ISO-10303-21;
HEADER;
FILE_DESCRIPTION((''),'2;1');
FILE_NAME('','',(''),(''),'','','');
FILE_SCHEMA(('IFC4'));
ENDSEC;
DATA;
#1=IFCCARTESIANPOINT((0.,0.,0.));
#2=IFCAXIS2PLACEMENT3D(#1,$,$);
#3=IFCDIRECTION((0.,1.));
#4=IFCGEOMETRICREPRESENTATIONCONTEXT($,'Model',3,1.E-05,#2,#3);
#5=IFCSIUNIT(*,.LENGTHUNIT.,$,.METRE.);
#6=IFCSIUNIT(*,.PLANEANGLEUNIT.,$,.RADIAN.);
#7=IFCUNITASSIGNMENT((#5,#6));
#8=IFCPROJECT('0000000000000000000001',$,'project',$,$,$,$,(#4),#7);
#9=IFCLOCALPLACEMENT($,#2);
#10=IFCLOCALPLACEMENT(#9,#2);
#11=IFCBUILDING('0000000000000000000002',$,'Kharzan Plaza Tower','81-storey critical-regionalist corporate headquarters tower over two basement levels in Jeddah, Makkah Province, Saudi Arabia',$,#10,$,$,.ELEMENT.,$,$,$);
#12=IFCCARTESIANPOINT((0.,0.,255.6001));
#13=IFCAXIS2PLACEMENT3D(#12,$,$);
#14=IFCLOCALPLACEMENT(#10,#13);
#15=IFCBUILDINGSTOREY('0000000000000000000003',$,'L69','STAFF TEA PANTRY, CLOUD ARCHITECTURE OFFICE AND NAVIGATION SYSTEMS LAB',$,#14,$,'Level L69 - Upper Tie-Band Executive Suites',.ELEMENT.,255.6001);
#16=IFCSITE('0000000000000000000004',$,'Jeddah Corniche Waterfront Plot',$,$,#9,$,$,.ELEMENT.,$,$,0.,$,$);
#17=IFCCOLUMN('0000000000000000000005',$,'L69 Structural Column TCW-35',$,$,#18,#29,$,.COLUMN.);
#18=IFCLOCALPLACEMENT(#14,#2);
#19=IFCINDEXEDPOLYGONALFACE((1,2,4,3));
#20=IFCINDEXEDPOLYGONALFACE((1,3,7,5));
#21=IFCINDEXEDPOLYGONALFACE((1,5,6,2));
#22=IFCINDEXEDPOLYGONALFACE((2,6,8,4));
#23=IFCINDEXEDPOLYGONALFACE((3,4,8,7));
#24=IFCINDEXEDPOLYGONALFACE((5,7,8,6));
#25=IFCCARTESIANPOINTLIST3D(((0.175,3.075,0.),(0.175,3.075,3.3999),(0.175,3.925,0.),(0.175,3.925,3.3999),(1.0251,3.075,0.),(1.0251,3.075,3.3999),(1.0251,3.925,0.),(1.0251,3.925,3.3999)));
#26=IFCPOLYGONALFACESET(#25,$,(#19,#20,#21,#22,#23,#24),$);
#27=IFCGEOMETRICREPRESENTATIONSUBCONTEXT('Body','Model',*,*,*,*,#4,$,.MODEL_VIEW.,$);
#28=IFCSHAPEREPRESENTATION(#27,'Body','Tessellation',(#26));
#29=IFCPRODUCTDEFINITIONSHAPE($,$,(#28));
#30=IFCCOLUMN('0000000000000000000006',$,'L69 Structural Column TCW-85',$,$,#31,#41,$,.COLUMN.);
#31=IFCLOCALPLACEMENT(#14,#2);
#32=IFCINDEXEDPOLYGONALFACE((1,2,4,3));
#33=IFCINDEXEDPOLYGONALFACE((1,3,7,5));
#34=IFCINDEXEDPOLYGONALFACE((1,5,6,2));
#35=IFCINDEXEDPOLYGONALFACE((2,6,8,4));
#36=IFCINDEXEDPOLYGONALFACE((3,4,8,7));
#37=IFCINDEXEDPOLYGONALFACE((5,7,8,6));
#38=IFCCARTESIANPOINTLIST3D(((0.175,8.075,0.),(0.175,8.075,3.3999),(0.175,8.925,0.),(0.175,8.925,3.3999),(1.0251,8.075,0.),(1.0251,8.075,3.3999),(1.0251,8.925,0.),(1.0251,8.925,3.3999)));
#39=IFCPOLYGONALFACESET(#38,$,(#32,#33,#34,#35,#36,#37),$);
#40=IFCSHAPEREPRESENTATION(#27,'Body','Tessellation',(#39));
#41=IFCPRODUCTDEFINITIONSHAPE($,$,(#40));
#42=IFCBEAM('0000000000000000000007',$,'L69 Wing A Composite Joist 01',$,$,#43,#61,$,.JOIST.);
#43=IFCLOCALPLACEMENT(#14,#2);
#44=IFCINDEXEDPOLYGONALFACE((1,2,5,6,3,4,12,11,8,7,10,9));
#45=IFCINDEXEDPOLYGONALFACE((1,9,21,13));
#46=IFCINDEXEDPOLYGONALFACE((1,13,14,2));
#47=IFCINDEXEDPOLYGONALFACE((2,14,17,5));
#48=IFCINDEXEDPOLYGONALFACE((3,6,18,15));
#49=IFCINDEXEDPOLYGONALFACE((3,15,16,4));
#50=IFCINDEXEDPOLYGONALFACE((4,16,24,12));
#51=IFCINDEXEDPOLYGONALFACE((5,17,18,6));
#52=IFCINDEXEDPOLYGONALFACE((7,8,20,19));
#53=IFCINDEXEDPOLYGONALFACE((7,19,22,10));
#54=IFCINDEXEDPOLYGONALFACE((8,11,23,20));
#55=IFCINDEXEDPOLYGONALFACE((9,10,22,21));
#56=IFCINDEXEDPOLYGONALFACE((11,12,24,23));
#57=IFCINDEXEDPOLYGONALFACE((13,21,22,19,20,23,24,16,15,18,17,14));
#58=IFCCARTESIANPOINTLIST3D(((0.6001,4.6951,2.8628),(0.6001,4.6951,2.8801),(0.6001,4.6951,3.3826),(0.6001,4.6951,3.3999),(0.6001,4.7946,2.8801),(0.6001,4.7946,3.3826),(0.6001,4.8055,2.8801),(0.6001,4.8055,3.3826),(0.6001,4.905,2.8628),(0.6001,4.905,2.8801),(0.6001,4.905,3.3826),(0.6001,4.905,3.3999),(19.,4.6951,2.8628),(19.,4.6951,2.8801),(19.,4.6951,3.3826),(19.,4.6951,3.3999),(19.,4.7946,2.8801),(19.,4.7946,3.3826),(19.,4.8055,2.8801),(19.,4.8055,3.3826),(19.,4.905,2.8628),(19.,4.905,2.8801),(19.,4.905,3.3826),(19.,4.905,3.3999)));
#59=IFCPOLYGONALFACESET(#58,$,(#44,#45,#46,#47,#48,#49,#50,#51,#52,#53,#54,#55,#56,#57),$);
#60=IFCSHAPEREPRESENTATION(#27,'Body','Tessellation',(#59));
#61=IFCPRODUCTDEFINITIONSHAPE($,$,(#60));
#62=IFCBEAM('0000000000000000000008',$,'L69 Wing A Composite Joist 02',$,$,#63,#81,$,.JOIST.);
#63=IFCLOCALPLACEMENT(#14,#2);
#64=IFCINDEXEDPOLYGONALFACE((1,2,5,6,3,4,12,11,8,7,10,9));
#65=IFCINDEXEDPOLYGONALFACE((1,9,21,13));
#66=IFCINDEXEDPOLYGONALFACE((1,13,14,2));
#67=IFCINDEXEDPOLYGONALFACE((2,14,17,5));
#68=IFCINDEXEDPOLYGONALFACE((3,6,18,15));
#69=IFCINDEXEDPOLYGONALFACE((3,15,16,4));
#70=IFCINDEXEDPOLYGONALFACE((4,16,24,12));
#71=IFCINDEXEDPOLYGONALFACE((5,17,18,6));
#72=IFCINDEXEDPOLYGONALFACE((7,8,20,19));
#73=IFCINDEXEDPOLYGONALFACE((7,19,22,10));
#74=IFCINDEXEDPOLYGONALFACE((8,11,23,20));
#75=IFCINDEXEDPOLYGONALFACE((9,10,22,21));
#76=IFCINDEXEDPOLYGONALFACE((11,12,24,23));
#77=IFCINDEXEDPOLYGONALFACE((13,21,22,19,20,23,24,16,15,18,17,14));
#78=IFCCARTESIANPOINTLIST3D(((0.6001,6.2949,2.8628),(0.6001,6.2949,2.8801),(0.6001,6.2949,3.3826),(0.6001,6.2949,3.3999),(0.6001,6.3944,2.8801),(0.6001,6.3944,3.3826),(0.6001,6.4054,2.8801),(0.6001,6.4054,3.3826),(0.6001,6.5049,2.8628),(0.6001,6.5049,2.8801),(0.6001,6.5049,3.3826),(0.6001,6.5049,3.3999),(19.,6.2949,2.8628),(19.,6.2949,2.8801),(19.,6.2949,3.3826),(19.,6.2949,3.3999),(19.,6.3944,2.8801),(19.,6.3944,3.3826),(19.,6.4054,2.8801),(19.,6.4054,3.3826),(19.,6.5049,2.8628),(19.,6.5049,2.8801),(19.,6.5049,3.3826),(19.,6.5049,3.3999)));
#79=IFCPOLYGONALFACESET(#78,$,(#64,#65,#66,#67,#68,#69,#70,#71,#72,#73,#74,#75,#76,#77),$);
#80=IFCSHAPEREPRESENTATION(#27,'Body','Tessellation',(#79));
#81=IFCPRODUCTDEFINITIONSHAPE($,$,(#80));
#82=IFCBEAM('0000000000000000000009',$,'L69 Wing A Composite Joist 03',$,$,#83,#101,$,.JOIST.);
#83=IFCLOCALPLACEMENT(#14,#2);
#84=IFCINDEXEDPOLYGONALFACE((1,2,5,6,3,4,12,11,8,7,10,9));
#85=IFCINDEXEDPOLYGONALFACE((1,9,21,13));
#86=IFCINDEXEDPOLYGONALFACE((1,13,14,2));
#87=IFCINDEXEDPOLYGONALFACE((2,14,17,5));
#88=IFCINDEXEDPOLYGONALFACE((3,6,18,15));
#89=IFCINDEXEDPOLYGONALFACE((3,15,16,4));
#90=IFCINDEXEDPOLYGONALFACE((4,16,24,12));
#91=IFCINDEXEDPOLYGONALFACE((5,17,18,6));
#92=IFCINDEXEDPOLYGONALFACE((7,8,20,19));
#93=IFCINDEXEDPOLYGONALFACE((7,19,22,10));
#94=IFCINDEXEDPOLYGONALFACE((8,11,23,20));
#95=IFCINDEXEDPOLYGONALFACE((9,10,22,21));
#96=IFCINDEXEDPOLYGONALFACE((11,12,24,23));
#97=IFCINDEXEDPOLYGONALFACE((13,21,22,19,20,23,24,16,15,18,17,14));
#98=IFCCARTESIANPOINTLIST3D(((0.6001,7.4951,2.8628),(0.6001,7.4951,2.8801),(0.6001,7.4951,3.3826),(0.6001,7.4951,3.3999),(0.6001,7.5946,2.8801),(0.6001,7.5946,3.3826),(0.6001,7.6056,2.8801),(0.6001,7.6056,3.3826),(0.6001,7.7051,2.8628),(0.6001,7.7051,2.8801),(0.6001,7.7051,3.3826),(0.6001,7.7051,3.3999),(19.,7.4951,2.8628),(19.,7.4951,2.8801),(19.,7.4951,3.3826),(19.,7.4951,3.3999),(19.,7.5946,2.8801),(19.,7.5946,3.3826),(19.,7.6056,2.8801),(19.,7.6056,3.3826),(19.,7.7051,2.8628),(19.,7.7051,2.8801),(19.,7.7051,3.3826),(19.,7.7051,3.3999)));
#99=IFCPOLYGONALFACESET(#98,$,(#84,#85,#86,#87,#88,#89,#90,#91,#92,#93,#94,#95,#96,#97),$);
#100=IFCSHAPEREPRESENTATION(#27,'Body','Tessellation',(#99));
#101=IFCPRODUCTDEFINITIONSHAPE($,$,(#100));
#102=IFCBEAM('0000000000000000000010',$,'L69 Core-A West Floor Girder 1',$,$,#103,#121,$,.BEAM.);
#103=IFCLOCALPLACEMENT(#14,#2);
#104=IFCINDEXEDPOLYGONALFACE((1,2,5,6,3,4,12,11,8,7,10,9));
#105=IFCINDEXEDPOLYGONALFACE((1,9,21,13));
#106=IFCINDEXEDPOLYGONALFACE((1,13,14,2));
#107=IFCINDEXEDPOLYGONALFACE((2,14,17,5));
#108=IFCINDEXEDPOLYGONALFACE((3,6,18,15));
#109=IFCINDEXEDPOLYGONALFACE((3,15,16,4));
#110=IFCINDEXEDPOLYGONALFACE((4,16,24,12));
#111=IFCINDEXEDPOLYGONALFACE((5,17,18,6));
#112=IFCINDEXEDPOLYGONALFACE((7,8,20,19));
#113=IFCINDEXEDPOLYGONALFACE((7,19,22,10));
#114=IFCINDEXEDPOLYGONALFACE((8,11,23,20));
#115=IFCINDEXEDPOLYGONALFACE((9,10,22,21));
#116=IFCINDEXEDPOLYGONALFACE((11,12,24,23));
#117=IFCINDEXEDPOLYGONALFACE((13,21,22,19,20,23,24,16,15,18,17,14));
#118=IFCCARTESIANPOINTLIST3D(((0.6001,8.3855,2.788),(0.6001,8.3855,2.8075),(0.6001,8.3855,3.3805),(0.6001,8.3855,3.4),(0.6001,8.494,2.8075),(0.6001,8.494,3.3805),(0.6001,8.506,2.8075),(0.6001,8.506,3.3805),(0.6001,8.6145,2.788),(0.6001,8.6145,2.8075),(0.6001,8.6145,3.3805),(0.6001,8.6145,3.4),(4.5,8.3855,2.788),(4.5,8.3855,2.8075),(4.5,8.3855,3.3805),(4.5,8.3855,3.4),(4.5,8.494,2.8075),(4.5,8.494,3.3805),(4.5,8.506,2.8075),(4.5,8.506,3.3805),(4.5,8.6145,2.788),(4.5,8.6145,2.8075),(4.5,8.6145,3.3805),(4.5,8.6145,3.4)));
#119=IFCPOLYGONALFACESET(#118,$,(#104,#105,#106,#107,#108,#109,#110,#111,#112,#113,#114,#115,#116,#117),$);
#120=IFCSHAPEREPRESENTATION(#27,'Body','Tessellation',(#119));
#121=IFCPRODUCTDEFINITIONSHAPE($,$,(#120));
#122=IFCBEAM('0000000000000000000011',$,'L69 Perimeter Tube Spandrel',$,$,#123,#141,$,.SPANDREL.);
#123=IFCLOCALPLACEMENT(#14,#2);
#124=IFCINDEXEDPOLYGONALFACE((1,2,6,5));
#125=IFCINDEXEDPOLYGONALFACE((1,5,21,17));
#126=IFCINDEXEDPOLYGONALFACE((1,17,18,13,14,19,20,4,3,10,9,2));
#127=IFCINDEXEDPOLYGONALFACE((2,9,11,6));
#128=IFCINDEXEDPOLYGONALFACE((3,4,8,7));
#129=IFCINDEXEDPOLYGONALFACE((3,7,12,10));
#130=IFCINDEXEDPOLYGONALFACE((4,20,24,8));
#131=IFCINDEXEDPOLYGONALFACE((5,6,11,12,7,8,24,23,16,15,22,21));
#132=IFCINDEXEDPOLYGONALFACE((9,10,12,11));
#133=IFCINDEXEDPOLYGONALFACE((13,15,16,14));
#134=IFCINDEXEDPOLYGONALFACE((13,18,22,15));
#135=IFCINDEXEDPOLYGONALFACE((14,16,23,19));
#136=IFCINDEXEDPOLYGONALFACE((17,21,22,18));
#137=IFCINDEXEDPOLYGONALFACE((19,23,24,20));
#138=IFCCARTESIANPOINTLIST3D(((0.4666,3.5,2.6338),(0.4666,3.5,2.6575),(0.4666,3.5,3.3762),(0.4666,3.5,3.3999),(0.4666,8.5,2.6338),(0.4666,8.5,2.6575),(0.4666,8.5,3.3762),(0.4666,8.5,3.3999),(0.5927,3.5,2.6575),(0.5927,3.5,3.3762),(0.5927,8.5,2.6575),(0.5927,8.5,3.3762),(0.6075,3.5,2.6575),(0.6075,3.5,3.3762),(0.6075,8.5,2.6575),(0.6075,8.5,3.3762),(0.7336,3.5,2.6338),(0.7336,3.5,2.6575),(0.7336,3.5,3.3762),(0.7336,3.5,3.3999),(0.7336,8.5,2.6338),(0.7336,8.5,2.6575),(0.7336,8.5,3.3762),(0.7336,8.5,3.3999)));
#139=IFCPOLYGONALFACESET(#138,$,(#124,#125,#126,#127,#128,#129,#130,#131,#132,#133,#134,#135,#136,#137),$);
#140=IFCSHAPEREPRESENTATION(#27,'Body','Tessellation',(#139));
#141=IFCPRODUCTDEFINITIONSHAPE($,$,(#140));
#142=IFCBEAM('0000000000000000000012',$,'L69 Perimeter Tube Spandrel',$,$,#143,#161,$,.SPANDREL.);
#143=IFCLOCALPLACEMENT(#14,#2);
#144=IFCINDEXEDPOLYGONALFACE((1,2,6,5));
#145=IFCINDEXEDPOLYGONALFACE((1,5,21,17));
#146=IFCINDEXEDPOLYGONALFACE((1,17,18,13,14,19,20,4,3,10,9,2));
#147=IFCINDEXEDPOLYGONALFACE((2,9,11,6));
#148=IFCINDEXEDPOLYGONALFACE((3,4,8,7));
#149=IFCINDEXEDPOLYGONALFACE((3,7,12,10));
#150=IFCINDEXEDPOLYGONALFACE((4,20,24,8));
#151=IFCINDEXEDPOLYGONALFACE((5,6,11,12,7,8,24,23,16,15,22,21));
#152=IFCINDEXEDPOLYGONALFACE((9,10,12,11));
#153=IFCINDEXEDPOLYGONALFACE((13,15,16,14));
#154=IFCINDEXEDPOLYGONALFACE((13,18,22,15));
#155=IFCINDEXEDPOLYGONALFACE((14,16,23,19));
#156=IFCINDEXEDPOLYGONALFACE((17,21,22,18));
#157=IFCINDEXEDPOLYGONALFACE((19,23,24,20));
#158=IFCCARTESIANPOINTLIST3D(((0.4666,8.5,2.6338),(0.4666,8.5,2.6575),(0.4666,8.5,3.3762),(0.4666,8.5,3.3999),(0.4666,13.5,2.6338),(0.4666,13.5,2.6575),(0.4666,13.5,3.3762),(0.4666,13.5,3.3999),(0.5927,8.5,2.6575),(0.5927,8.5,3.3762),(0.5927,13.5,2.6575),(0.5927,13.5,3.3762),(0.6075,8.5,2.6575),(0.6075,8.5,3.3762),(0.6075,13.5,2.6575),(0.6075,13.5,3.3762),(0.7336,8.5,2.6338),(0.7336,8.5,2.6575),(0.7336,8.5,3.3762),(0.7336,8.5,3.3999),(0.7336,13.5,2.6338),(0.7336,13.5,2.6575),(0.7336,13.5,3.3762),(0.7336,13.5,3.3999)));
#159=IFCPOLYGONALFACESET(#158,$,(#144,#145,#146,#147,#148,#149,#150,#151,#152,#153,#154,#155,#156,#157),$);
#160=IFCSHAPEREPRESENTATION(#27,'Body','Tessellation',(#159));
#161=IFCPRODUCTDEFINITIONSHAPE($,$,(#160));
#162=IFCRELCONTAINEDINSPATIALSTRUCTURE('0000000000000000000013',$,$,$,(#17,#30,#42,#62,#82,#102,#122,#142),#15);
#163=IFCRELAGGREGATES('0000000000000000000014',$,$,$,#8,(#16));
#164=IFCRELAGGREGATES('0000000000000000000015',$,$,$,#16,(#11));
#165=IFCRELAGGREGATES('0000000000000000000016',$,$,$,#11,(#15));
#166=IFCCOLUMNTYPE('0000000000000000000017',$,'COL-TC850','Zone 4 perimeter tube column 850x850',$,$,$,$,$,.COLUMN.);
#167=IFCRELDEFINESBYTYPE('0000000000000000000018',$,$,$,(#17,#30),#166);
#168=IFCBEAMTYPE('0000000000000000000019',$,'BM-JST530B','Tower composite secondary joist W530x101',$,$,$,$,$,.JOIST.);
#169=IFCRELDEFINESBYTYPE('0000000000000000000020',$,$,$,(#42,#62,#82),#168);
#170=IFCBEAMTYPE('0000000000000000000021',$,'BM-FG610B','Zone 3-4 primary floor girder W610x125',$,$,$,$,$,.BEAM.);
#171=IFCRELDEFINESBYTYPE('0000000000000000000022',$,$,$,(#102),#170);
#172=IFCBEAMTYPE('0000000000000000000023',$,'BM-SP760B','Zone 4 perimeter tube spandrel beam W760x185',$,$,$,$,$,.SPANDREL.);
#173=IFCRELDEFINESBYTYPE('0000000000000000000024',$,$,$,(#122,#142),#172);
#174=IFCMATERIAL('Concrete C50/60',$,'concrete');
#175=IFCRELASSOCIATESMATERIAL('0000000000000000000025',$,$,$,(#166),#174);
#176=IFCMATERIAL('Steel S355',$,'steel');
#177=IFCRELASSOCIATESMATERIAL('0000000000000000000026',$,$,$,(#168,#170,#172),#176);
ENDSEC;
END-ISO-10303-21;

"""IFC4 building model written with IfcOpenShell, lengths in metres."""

from ifc_helpers import new_model, si_unit, direction, frame, origin, origin_2d, place, context, subcontext, project, spatial, rectangle, i_section, extrude, source, transform, mapped, material, material_profile, profile_set, type_object, element, save


model = new_model("IFC4")

# Units and contexts
model_context = context("Model", 3, precision=1e-05, world=origin(), true_north=direction((0.0, 1.0)))
body_context = subcontext(model_context, "Body", "Model", "MODEL_VIEW")
ifc_project = project(units=[si_unit("LENGTHUNIT", "METRE"), si_unit("PLANEANGLEUNIT", "RADIAN")], contexts=[model_context])

# Site, building, storey
site_placement = place(None, origin())
site = spatial("IfcSite", under=ifc_project, at=site_placement, Name="Jeddah Corniche Waterfront Plot", CompositionType="ELEMENT", RefElevation=0.0)
building_placement = place(site_placement, origin())
building = spatial("IfcBuilding", under=site, at=building_placement, Name="Kharzan Plaza Tower", Description="81-storey critical-regionalist corporate headquarters tower over two basement levels in Jeddah, Makkah Province, Saudi Arabia", CompositionType="ELEMENT")
storey_placement = place(building_placement, frame((0.0, 0.0, 255.6001)))
storey = spatial("IfcBuildingStorey", under=building, at=storey_placement, Name="L69", Description="STAFF TEA PANTRY, CLOUD ARCHITECTURE OFFICE AND NAVIGATION SYSTEMS LAB", LongName="Level L69 - Upper Tie-Band Executive Suites", CompositionType="ELEMENT", Elevation=255.6001)

# Columns
ifc_material_1 = material(Name="Concrete C50/60", Category="concrete")
ifc_material_profile_1 = material_profile(ifc_material_1, rectangle(XDim=0.8501, YDim=0.8501, at=origin_2d()), Name="RC-TC850x850")
ifc_profile_set_1 = profile_set([ifc_material_profile_1], Name="Concrete C50/60")
column_type = type_object("IfcColumnType", Name="COL-TC850", Description="Zone 4 perimeter tube column 850x850", PredefinedType="COLUMN", material=ifc_profile_set_1)
shared_shape_1 = source(origin(), body_context, "Body", "SweptSolid", [
    extrude(rectangle(XDim=0.8501, YDim=0.8501, at=origin_2d()), origin(), (0.0, 0.0, 1.0), 3.3999),
])
for number, where, z_axis, x_axis, name in (
    (1, (0.6001, 3.5, 0.0), (0.0, 0.0, 1.0), (1.0, 0.0, 0.0), "L69 Structural Column TCW-35"),
    (2, (0.6001, 8.5, 0.0), (0.0, 0.0, 1.0), (1.0, 0.0, 0.0), "L69 Structural Column TCW-85"),
):
    element("IfcColumn", number, at=place(storey_placement, frame(where, z_axis=z_axis, x_axis=x_axis)), inside=storey, type_object=column_type, Name=name, PredefinedType="COLUMN", context=body_context, shape_type="MappedRepresentation", body=[
        mapped(shared_shape_1, transform((0.0, 0.0, 0.0), x_axis=(1.0, 0.0, 0.0), y_axis=(0.0, 1.0, 0.0), z_axis=(0.0, 0.0, 1.0))),
    ])

# Beams
ifc_material_2 = material(Name="Steel S355", Category="steel")
ifc_material_profile_2 = material_profile(ifc_material_2, i_section(OverallWidth=0.21, OverallDepth=0.5371, WebThickness=0.011, FlangeThickness=0.0173, at=origin_2d()), Name="W530x101")
ifc_profile_set_2 = profile_set([ifc_material_profile_2], Name="Steel S355")
beam_type_1 = type_object("IfcBeamType", Name="BM-JST530B", Description="Tower composite secondary joist W530x101", PredefinedType="JOIST", material=ifc_profile_set_2)
shared_shape_2 = source(origin(), body_context, "Body", "SweptSolid", [
    extrude(i_section(OverallWidth=0.21, OverallDepth=0.5371, WebThickness=0.011, FlangeThickness=0.0173, at=origin_2d()), origin(), (0.0, 0.0, 1.0), 18.3999),
])
for number, where, z_axis, x_axis, name in (
    (3, (0.6001, 4.8, 3.1313), (1.0, 0.0, 0.0), (0.0, 1.0, 0.0), "L69 Wing A Composite Joist 01"),
    (4, (0.6001, 6.3999, 3.1313), (1.0, 0.0, 0.0), (0.0, 1.0, 0.0), "L69 Wing A Composite Joist 02"),
    (5, (0.6001, 7.6001, 3.1313), (1.0, 0.0, 0.0), (0.0, 1.0, 0.0), "L69 Wing A Composite Joist 03"),
):
    element("IfcBeam", number, at=place(storey_placement, frame(where, z_axis=z_axis, x_axis=x_axis)), inside=storey, type_object=beam_type_1, Name=name, PredefinedType="JOIST", context=body_context, shape_type="MappedRepresentation", body=[
        mapped(shared_shape_2, transform((0.0, 0.0, 0.0), x_axis=(1.0, 0.0, 0.0), y_axis=(0.0, 1.0, 0.0), z_axis=(0.0, 0.0, 1.0))),
    ])
ifc_material_profile_3 = material_profile(ifc_material_2, i_section(OverallWidth=0.229, OverallDepth=0.6121, WebThickness=0.012, FlangeThickness=0.0195, at=origin_2d()), Name="W610x125")
ifc_profile_set_3 = profile_set([ifc_material_profile_3], Name="Steel S355")
beam_type_2 = type_object("IfcBeamType", Name="BM-FG610B", Description="Zone 3-4 primary floor girder W610x125", PredefinedType="BEAM", material=ifc_profile_set_3)
shared_shape_3 = source(origin(), body_context, "Body", "SweptSolid", [
    extrude(i_section(OverallWidth=0.229, OverallDepth=0.6121, WebThickness=0.012, FlangeThickness=0.0195, at=origin_2d()), origin(), (0.0, 0.0, 1.0), 3.8999),
])
beam_placement = place(storey_placement, frame((0.6001, 8.5, 3.094), z_axis=(1.0, 0.0, 0.0), x_axis=(0.0, 1.0, 0.0)))
element("IfcBeam", 6, at=beam_placement, inside=storey, type_object=beam_type_2, Name="L69 Core-A West Floor Girder 1", PredefinedType="BEAM", context=body_context, shape_type="MappedRepresentation", body=[
    mapped(shared_shape_3, transform((0.0, 0.0, 0.0), x_axis=(1.0, 0.0, 0.0), y_axis=(0.0, 1.0, 0.0), z_axis=(0.0, 0.0, 1.0))),
])
ifc_material_profile_4 = material_profile(ifc_material_2, i_section(OverallWidth=0.2671, OverallDepth=0.7661, WebThickness=0.0149, FlangeThickness=0.0237, at=origin_2d()), Name="W760x185")
ifc_profile_set_4 = profile_set([ifc_material_profile_4], Name="Steel S355")
beam_type_3 = type_object("IfcBeamType", Name="BM-SP760B", Description="Zone 4 perimeter tube spandrel beam W760x185", PredefinedType="SPANDREL", material=ifc_profile_set_4)
shared_shape_4 = source(origin(), body_context, "Body", "SweptSolid", [
    extrude(i_section(OverallWidth=0.2671, OverallDepth=0.7661, WebThickness=0.0149, FlangeThickness=0.0237, at=origin_2d()), origin(), (0.0, 0.0, 1.0), 5.0),
])
for number, where, z_axis, x_axis, name in (
    (7, (0.6001, 3.5, 3.0168), (0.0, 1.0, 0.0), (-1.0, 0.0, 0.0), "L69 Perimeter Tube Spandrel"),
    (8, (0.6001, 8.5, 3.0168), (0.0, 1.0, 0.0), (-1.0, 0.0, 0.0), "L69 Perimeter Tube Spandrel"),
):
    element("IfcBeam", number, at=place(storey_placement, frame(where, z_axis=z_axis, x_axis=x_axis)), inside=storey, type_object=beam_type_3, Name=name, PredefinedType="SPANDREL", context=body_context, shape_type="MappedRepresentation", body=[
        mapped(shared_shape_4, transform((0.0, 0.0, 0.0), x_axis=(1.0, 0.0, 0.0), y_axis=(0.0, 1.0, 0.0), z_axis=(0.0, 0.0, 1.0))),
    ])

save(model, "model.ifc")
